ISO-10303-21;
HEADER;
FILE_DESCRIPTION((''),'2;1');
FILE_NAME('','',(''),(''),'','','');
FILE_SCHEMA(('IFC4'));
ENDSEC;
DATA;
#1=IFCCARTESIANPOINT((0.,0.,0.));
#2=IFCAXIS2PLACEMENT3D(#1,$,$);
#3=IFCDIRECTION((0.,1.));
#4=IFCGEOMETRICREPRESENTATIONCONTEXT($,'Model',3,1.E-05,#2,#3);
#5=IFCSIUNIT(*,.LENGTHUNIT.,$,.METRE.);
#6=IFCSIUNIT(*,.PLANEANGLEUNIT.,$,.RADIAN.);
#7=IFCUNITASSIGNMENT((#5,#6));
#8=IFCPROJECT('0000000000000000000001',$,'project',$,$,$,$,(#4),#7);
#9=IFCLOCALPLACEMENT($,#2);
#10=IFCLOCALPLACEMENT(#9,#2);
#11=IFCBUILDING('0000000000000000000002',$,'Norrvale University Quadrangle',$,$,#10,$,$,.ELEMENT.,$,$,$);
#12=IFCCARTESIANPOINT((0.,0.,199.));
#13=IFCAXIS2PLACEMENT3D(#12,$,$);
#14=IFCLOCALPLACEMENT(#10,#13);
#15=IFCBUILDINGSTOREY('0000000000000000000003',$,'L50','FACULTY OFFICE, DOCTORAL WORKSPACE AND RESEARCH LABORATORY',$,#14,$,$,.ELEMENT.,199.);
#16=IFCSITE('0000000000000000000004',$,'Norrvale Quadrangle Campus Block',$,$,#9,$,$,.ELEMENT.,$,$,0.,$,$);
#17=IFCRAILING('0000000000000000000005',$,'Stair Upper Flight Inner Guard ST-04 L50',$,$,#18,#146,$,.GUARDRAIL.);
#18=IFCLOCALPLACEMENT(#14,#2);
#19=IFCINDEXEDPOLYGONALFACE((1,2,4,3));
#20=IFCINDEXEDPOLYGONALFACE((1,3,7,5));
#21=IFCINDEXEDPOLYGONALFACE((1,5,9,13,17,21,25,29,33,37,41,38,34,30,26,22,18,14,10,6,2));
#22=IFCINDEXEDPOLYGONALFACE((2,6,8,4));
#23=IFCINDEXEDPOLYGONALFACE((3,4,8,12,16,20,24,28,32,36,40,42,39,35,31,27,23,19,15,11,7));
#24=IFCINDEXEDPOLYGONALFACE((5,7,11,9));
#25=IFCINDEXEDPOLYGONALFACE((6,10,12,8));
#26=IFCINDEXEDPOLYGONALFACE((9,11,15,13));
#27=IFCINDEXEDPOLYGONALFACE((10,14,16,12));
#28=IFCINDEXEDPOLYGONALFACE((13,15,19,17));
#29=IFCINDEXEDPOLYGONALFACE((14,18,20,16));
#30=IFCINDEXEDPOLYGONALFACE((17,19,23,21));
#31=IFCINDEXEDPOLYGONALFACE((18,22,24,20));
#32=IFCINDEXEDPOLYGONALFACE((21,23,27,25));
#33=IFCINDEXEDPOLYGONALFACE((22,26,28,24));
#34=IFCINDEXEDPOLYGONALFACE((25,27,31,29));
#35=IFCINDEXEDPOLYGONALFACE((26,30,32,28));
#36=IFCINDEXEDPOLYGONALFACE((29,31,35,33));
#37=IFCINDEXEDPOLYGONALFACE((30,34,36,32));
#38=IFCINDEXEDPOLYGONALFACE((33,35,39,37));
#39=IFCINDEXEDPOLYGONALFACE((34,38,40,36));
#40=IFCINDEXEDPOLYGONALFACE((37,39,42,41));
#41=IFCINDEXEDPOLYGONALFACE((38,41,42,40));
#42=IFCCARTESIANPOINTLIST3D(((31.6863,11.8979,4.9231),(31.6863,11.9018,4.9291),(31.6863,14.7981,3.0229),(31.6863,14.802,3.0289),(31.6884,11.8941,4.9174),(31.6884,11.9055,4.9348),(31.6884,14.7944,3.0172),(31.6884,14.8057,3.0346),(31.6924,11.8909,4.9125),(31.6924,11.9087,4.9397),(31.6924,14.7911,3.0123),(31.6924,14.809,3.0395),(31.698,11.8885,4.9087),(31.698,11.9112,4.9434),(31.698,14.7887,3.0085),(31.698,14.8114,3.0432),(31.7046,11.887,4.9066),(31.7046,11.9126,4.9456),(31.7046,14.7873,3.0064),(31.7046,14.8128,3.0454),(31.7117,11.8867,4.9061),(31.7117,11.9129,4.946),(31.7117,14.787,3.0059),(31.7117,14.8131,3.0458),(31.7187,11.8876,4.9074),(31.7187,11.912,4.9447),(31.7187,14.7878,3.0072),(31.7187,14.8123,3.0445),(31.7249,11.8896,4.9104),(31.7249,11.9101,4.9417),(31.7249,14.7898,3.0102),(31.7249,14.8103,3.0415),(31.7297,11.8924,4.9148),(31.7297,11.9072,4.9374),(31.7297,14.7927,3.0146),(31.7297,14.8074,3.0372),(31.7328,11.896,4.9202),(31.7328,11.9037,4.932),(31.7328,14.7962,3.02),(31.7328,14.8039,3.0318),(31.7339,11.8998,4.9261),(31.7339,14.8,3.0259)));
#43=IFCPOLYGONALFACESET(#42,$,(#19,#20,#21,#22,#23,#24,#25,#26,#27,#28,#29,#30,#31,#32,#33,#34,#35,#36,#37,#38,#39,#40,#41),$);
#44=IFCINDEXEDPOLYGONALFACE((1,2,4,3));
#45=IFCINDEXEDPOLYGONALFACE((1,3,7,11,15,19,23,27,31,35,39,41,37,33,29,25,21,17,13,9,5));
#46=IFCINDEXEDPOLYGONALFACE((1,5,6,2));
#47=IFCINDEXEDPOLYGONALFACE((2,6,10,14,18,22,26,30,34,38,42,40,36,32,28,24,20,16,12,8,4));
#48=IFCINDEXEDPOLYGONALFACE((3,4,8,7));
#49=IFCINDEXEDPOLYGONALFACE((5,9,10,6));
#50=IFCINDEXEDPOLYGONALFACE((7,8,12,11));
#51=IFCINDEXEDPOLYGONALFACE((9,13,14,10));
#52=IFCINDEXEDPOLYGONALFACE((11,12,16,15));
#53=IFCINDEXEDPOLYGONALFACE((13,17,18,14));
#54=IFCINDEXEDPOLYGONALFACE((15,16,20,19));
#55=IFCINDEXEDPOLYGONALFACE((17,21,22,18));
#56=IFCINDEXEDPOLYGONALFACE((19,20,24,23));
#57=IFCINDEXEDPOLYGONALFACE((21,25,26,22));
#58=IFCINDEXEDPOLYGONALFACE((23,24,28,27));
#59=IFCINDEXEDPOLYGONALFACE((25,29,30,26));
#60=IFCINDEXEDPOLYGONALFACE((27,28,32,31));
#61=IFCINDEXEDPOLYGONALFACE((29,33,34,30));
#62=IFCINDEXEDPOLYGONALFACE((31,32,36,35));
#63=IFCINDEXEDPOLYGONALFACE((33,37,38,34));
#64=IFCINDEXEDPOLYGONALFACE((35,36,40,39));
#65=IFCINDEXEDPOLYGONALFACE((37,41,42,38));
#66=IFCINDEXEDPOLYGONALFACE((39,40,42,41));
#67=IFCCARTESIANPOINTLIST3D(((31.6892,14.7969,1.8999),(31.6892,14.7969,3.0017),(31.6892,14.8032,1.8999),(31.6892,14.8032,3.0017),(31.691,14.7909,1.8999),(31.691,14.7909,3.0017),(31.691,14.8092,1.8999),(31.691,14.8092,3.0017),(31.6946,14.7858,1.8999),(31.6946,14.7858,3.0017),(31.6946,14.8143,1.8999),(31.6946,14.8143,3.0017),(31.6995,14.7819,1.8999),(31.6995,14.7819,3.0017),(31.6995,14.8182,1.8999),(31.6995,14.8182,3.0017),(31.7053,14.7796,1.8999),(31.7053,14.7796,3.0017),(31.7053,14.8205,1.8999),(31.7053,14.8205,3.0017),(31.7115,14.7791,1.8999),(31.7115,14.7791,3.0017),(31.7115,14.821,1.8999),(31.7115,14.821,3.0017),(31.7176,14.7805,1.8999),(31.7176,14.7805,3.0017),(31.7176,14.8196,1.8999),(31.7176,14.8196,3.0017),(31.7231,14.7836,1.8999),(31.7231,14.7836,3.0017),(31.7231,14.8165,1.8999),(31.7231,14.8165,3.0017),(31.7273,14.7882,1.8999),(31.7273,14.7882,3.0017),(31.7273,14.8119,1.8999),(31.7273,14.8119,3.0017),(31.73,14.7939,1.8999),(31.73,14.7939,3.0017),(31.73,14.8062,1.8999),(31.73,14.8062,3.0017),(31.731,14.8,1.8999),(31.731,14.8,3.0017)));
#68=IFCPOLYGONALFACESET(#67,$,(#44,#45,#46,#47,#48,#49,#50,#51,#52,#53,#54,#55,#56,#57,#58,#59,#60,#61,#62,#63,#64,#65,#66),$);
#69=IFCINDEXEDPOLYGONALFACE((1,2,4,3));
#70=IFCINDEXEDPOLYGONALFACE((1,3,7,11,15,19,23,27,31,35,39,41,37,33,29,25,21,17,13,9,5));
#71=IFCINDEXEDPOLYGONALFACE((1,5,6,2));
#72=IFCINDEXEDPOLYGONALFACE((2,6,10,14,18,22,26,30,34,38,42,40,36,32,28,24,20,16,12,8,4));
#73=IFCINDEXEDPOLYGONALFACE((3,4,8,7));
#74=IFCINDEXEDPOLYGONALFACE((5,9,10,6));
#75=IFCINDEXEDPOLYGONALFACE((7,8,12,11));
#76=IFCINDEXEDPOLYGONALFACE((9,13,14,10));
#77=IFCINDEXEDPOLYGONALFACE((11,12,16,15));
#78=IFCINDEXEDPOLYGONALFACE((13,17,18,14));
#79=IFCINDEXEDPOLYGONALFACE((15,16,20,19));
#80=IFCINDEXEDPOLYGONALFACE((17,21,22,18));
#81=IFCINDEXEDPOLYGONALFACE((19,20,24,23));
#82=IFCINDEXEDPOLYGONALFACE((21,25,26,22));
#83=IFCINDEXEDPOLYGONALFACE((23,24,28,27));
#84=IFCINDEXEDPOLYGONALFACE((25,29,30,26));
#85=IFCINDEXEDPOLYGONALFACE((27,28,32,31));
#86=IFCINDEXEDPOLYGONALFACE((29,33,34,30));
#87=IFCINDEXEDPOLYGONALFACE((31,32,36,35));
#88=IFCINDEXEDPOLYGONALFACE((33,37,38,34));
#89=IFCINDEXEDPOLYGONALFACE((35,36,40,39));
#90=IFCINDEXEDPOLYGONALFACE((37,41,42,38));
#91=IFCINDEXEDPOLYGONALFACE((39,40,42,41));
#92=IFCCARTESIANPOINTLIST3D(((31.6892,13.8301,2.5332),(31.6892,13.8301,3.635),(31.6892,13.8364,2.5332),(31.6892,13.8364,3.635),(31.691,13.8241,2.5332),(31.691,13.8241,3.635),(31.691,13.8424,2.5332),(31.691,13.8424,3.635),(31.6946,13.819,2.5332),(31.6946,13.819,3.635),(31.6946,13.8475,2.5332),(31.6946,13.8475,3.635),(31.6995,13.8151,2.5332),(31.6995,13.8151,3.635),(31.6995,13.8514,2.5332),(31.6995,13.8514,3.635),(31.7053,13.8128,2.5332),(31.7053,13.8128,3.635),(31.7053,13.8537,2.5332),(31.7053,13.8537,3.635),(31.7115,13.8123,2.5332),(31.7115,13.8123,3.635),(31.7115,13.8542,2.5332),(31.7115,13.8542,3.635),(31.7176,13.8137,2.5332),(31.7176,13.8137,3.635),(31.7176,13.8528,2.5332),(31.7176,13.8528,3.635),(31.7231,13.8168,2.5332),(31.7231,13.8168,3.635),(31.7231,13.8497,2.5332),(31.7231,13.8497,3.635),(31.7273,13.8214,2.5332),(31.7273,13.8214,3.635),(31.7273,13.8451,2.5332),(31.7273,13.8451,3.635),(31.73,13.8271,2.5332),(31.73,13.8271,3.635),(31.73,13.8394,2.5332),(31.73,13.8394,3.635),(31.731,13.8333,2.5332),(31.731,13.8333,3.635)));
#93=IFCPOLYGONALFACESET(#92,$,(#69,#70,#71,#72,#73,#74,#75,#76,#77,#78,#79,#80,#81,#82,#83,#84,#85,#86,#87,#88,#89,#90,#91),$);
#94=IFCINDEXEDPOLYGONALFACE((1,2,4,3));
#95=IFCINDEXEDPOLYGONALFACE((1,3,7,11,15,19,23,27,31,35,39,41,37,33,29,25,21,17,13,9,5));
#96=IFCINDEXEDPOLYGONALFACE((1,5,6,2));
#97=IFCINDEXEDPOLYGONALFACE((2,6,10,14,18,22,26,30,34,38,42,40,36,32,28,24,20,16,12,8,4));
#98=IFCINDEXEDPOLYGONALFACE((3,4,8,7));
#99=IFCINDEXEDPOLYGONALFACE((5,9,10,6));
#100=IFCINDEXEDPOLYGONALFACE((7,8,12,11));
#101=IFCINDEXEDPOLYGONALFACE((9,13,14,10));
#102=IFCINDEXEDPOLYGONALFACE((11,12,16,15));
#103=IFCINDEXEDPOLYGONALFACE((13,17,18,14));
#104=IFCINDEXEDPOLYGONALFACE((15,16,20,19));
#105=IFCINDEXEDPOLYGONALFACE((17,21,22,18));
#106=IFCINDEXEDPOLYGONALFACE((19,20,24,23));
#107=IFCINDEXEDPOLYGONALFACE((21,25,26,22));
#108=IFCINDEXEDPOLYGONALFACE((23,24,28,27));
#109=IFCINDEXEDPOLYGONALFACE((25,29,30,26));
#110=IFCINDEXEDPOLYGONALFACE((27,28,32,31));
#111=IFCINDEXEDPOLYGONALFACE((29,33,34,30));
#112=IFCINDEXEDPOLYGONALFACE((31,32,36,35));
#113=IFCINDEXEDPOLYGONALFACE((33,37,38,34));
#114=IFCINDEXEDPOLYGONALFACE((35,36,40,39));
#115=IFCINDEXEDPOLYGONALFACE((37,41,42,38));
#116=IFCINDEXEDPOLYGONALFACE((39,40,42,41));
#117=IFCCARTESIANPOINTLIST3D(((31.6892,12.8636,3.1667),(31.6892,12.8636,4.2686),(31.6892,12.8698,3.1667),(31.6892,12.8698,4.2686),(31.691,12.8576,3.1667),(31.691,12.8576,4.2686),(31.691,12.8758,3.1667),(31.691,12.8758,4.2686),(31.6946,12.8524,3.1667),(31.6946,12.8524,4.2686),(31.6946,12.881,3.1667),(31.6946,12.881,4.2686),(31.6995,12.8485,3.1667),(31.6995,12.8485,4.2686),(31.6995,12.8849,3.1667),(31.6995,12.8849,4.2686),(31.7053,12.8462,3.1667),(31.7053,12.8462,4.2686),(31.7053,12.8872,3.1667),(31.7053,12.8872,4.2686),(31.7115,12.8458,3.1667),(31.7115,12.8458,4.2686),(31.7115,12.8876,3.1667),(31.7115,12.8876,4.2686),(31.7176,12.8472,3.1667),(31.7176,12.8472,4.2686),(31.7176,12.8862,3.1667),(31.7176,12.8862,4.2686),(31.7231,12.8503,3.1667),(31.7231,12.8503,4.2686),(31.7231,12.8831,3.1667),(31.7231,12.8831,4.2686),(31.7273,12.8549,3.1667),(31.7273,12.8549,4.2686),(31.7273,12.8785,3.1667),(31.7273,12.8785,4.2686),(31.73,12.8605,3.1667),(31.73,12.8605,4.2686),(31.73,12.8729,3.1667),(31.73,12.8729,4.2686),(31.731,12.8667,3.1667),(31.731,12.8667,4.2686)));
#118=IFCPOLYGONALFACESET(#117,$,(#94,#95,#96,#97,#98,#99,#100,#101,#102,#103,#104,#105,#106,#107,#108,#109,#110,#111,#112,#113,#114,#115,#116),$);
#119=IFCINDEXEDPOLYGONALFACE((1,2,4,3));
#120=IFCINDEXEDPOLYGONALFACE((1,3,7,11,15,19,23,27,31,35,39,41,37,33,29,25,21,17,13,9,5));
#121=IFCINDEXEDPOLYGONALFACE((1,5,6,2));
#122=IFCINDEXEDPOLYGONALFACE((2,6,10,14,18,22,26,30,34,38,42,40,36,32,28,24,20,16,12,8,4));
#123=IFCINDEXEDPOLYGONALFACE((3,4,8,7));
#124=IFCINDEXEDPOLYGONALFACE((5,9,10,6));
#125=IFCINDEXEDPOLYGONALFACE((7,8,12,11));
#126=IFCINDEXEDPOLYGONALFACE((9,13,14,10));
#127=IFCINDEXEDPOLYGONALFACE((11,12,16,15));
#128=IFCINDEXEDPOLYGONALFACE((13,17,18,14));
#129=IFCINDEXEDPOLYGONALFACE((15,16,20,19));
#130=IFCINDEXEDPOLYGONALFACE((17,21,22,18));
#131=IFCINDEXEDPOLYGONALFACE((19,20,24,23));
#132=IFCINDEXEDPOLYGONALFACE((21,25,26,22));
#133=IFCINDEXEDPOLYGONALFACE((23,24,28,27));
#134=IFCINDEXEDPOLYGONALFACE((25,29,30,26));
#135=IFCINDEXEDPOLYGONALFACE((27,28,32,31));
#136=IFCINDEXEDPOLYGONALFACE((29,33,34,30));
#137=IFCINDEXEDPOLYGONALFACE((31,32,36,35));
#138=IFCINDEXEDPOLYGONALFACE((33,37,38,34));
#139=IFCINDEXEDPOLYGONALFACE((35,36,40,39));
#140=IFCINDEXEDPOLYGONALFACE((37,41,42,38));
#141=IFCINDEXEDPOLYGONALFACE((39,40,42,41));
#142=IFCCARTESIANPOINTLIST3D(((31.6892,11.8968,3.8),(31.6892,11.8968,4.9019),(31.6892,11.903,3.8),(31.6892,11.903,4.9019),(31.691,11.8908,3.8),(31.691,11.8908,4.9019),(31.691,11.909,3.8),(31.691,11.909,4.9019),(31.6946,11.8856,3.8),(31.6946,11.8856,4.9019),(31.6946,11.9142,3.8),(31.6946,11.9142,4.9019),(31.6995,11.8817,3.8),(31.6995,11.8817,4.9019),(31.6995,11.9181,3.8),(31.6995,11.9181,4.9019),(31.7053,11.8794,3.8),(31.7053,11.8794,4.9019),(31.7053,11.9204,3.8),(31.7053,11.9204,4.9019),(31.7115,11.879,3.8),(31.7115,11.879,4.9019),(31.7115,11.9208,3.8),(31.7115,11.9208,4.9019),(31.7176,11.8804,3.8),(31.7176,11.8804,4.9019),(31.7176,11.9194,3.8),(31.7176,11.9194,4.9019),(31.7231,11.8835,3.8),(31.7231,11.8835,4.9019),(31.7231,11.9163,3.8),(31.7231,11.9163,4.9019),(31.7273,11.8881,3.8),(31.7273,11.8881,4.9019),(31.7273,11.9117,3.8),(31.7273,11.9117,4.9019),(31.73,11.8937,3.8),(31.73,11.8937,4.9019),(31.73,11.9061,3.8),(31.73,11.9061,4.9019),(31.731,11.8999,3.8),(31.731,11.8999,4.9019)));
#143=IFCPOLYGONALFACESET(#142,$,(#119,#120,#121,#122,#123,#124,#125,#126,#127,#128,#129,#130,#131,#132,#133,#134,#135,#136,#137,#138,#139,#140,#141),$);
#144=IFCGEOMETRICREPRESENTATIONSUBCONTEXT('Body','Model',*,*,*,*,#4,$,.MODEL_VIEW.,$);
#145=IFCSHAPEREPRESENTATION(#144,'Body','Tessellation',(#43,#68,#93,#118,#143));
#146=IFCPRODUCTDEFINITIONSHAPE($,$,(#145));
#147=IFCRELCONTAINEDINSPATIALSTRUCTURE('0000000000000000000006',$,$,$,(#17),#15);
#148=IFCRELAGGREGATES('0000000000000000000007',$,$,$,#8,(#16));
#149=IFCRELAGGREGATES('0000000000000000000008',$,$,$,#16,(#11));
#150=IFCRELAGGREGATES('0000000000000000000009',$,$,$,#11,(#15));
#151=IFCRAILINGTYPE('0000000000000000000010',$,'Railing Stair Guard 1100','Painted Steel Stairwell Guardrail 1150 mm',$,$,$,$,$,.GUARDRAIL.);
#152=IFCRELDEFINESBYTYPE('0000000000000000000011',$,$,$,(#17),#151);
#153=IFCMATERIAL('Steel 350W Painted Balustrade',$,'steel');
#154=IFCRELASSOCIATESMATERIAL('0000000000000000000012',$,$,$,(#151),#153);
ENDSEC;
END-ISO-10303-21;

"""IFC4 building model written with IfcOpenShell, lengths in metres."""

from ifc_helpers import new_model, si_unit, direction, frame, origin, origin_2d, place, context, subcontext, project, spatial, circle, extrude, material, type_object, element, save


model = new_model("IFC4")

# Units and contexts
model_context = context("Model", 3, precision=1e-05, world=origin(), true_north=direction((0.0, 1.0)))
body_context = subcontext(model_context, "Body", "Model", "MODEL_VIEW")
ifc_project = project(units=[si_unit("LENGTHUNIT", "METRE"), si_unit("PLANEANGLEUNIT", "RADIAN")], contexts=[model_context])

# Site, building, storey
site_placement = place(None, origin())
site = spatial("IfcSite", under=ifc_project, at=site_placement, Name="Norrvale Quadrangle Campus Block", CompositionType="ELEMENT", RefElevation=0.0)
building_placement = place(site_placement, origin())
building = spatial("IfcBuilding", under=site, at=building_placement, Name="Norrvale University Quadrangle", CompositionType="ELEMENT")
storey_placement = place(building_placement, frame((0.0, 0.0, 199.0)))
storey = spatial("IfcBuildingStorey", under=building, at=storey_placement, Name="L50", Description="FACULTY OFFICE, DOCTORAL WORKSPACE AND RESEARCH LABORATORY", CompositionType="ELEMENT", Elevation=199.0)

# Railing
ifc_material_1 = material(Name="Steel 350W Painted Balustrade", Category="steel")
railing_type_1 = type_object("IfcRailingType", Name="Railing Stair Guard 1100", Description="Painted Steel Stairwell Guardrail 1150 mm", PredefinedType="GUARDRAIL", material=ifc_material_1)
railing_1_placement = place(storey_placement, frame((31.71, 14.8, 1.8999)))
element("IfcRailing", 1, at=railing_1_placement, inside=storey, type_object=railing_type_1, Name="Stair Upper Flight Inner Guard ST-04 L50", PredefinedType="GUARDRAIL", context=body_context, shape_type="SweptSolid", body=[
    extrude(circle(Radius=0.0239, at=origin_2d()), frame((0.0, 0.0, 1.126), z_axis=(0.0, -0.836454, 0.548036), x_axis=(1.0, 0.0, 0.0)), (0.0, 0.0, 1.0), 3.4673),
    extrude(circle(Radius=0.021, at=origin_2d()), origin(), (0.0, 0.0, 1.0), 1.1018),
    extrude(circle(Radius=0.021, at=origin_2d()), frame((0.0, -0.9668, 0.6333)), (0.0, 0.0, 1.0), 1.1018),
    extrude(circle(Radius=0.021, at=origin_2d()), frame((0.0, -1.9333, 1.2668)), (0.0, 0.0, 1.0), 1.1018),
    extrude(circle(Radius=0.021, at=origin_2d()), frame((0.0, -2.9001, 1.9001)), (0.0, 0.0, 1.0), 1.1018),
])

save(model, "model.ifc")
